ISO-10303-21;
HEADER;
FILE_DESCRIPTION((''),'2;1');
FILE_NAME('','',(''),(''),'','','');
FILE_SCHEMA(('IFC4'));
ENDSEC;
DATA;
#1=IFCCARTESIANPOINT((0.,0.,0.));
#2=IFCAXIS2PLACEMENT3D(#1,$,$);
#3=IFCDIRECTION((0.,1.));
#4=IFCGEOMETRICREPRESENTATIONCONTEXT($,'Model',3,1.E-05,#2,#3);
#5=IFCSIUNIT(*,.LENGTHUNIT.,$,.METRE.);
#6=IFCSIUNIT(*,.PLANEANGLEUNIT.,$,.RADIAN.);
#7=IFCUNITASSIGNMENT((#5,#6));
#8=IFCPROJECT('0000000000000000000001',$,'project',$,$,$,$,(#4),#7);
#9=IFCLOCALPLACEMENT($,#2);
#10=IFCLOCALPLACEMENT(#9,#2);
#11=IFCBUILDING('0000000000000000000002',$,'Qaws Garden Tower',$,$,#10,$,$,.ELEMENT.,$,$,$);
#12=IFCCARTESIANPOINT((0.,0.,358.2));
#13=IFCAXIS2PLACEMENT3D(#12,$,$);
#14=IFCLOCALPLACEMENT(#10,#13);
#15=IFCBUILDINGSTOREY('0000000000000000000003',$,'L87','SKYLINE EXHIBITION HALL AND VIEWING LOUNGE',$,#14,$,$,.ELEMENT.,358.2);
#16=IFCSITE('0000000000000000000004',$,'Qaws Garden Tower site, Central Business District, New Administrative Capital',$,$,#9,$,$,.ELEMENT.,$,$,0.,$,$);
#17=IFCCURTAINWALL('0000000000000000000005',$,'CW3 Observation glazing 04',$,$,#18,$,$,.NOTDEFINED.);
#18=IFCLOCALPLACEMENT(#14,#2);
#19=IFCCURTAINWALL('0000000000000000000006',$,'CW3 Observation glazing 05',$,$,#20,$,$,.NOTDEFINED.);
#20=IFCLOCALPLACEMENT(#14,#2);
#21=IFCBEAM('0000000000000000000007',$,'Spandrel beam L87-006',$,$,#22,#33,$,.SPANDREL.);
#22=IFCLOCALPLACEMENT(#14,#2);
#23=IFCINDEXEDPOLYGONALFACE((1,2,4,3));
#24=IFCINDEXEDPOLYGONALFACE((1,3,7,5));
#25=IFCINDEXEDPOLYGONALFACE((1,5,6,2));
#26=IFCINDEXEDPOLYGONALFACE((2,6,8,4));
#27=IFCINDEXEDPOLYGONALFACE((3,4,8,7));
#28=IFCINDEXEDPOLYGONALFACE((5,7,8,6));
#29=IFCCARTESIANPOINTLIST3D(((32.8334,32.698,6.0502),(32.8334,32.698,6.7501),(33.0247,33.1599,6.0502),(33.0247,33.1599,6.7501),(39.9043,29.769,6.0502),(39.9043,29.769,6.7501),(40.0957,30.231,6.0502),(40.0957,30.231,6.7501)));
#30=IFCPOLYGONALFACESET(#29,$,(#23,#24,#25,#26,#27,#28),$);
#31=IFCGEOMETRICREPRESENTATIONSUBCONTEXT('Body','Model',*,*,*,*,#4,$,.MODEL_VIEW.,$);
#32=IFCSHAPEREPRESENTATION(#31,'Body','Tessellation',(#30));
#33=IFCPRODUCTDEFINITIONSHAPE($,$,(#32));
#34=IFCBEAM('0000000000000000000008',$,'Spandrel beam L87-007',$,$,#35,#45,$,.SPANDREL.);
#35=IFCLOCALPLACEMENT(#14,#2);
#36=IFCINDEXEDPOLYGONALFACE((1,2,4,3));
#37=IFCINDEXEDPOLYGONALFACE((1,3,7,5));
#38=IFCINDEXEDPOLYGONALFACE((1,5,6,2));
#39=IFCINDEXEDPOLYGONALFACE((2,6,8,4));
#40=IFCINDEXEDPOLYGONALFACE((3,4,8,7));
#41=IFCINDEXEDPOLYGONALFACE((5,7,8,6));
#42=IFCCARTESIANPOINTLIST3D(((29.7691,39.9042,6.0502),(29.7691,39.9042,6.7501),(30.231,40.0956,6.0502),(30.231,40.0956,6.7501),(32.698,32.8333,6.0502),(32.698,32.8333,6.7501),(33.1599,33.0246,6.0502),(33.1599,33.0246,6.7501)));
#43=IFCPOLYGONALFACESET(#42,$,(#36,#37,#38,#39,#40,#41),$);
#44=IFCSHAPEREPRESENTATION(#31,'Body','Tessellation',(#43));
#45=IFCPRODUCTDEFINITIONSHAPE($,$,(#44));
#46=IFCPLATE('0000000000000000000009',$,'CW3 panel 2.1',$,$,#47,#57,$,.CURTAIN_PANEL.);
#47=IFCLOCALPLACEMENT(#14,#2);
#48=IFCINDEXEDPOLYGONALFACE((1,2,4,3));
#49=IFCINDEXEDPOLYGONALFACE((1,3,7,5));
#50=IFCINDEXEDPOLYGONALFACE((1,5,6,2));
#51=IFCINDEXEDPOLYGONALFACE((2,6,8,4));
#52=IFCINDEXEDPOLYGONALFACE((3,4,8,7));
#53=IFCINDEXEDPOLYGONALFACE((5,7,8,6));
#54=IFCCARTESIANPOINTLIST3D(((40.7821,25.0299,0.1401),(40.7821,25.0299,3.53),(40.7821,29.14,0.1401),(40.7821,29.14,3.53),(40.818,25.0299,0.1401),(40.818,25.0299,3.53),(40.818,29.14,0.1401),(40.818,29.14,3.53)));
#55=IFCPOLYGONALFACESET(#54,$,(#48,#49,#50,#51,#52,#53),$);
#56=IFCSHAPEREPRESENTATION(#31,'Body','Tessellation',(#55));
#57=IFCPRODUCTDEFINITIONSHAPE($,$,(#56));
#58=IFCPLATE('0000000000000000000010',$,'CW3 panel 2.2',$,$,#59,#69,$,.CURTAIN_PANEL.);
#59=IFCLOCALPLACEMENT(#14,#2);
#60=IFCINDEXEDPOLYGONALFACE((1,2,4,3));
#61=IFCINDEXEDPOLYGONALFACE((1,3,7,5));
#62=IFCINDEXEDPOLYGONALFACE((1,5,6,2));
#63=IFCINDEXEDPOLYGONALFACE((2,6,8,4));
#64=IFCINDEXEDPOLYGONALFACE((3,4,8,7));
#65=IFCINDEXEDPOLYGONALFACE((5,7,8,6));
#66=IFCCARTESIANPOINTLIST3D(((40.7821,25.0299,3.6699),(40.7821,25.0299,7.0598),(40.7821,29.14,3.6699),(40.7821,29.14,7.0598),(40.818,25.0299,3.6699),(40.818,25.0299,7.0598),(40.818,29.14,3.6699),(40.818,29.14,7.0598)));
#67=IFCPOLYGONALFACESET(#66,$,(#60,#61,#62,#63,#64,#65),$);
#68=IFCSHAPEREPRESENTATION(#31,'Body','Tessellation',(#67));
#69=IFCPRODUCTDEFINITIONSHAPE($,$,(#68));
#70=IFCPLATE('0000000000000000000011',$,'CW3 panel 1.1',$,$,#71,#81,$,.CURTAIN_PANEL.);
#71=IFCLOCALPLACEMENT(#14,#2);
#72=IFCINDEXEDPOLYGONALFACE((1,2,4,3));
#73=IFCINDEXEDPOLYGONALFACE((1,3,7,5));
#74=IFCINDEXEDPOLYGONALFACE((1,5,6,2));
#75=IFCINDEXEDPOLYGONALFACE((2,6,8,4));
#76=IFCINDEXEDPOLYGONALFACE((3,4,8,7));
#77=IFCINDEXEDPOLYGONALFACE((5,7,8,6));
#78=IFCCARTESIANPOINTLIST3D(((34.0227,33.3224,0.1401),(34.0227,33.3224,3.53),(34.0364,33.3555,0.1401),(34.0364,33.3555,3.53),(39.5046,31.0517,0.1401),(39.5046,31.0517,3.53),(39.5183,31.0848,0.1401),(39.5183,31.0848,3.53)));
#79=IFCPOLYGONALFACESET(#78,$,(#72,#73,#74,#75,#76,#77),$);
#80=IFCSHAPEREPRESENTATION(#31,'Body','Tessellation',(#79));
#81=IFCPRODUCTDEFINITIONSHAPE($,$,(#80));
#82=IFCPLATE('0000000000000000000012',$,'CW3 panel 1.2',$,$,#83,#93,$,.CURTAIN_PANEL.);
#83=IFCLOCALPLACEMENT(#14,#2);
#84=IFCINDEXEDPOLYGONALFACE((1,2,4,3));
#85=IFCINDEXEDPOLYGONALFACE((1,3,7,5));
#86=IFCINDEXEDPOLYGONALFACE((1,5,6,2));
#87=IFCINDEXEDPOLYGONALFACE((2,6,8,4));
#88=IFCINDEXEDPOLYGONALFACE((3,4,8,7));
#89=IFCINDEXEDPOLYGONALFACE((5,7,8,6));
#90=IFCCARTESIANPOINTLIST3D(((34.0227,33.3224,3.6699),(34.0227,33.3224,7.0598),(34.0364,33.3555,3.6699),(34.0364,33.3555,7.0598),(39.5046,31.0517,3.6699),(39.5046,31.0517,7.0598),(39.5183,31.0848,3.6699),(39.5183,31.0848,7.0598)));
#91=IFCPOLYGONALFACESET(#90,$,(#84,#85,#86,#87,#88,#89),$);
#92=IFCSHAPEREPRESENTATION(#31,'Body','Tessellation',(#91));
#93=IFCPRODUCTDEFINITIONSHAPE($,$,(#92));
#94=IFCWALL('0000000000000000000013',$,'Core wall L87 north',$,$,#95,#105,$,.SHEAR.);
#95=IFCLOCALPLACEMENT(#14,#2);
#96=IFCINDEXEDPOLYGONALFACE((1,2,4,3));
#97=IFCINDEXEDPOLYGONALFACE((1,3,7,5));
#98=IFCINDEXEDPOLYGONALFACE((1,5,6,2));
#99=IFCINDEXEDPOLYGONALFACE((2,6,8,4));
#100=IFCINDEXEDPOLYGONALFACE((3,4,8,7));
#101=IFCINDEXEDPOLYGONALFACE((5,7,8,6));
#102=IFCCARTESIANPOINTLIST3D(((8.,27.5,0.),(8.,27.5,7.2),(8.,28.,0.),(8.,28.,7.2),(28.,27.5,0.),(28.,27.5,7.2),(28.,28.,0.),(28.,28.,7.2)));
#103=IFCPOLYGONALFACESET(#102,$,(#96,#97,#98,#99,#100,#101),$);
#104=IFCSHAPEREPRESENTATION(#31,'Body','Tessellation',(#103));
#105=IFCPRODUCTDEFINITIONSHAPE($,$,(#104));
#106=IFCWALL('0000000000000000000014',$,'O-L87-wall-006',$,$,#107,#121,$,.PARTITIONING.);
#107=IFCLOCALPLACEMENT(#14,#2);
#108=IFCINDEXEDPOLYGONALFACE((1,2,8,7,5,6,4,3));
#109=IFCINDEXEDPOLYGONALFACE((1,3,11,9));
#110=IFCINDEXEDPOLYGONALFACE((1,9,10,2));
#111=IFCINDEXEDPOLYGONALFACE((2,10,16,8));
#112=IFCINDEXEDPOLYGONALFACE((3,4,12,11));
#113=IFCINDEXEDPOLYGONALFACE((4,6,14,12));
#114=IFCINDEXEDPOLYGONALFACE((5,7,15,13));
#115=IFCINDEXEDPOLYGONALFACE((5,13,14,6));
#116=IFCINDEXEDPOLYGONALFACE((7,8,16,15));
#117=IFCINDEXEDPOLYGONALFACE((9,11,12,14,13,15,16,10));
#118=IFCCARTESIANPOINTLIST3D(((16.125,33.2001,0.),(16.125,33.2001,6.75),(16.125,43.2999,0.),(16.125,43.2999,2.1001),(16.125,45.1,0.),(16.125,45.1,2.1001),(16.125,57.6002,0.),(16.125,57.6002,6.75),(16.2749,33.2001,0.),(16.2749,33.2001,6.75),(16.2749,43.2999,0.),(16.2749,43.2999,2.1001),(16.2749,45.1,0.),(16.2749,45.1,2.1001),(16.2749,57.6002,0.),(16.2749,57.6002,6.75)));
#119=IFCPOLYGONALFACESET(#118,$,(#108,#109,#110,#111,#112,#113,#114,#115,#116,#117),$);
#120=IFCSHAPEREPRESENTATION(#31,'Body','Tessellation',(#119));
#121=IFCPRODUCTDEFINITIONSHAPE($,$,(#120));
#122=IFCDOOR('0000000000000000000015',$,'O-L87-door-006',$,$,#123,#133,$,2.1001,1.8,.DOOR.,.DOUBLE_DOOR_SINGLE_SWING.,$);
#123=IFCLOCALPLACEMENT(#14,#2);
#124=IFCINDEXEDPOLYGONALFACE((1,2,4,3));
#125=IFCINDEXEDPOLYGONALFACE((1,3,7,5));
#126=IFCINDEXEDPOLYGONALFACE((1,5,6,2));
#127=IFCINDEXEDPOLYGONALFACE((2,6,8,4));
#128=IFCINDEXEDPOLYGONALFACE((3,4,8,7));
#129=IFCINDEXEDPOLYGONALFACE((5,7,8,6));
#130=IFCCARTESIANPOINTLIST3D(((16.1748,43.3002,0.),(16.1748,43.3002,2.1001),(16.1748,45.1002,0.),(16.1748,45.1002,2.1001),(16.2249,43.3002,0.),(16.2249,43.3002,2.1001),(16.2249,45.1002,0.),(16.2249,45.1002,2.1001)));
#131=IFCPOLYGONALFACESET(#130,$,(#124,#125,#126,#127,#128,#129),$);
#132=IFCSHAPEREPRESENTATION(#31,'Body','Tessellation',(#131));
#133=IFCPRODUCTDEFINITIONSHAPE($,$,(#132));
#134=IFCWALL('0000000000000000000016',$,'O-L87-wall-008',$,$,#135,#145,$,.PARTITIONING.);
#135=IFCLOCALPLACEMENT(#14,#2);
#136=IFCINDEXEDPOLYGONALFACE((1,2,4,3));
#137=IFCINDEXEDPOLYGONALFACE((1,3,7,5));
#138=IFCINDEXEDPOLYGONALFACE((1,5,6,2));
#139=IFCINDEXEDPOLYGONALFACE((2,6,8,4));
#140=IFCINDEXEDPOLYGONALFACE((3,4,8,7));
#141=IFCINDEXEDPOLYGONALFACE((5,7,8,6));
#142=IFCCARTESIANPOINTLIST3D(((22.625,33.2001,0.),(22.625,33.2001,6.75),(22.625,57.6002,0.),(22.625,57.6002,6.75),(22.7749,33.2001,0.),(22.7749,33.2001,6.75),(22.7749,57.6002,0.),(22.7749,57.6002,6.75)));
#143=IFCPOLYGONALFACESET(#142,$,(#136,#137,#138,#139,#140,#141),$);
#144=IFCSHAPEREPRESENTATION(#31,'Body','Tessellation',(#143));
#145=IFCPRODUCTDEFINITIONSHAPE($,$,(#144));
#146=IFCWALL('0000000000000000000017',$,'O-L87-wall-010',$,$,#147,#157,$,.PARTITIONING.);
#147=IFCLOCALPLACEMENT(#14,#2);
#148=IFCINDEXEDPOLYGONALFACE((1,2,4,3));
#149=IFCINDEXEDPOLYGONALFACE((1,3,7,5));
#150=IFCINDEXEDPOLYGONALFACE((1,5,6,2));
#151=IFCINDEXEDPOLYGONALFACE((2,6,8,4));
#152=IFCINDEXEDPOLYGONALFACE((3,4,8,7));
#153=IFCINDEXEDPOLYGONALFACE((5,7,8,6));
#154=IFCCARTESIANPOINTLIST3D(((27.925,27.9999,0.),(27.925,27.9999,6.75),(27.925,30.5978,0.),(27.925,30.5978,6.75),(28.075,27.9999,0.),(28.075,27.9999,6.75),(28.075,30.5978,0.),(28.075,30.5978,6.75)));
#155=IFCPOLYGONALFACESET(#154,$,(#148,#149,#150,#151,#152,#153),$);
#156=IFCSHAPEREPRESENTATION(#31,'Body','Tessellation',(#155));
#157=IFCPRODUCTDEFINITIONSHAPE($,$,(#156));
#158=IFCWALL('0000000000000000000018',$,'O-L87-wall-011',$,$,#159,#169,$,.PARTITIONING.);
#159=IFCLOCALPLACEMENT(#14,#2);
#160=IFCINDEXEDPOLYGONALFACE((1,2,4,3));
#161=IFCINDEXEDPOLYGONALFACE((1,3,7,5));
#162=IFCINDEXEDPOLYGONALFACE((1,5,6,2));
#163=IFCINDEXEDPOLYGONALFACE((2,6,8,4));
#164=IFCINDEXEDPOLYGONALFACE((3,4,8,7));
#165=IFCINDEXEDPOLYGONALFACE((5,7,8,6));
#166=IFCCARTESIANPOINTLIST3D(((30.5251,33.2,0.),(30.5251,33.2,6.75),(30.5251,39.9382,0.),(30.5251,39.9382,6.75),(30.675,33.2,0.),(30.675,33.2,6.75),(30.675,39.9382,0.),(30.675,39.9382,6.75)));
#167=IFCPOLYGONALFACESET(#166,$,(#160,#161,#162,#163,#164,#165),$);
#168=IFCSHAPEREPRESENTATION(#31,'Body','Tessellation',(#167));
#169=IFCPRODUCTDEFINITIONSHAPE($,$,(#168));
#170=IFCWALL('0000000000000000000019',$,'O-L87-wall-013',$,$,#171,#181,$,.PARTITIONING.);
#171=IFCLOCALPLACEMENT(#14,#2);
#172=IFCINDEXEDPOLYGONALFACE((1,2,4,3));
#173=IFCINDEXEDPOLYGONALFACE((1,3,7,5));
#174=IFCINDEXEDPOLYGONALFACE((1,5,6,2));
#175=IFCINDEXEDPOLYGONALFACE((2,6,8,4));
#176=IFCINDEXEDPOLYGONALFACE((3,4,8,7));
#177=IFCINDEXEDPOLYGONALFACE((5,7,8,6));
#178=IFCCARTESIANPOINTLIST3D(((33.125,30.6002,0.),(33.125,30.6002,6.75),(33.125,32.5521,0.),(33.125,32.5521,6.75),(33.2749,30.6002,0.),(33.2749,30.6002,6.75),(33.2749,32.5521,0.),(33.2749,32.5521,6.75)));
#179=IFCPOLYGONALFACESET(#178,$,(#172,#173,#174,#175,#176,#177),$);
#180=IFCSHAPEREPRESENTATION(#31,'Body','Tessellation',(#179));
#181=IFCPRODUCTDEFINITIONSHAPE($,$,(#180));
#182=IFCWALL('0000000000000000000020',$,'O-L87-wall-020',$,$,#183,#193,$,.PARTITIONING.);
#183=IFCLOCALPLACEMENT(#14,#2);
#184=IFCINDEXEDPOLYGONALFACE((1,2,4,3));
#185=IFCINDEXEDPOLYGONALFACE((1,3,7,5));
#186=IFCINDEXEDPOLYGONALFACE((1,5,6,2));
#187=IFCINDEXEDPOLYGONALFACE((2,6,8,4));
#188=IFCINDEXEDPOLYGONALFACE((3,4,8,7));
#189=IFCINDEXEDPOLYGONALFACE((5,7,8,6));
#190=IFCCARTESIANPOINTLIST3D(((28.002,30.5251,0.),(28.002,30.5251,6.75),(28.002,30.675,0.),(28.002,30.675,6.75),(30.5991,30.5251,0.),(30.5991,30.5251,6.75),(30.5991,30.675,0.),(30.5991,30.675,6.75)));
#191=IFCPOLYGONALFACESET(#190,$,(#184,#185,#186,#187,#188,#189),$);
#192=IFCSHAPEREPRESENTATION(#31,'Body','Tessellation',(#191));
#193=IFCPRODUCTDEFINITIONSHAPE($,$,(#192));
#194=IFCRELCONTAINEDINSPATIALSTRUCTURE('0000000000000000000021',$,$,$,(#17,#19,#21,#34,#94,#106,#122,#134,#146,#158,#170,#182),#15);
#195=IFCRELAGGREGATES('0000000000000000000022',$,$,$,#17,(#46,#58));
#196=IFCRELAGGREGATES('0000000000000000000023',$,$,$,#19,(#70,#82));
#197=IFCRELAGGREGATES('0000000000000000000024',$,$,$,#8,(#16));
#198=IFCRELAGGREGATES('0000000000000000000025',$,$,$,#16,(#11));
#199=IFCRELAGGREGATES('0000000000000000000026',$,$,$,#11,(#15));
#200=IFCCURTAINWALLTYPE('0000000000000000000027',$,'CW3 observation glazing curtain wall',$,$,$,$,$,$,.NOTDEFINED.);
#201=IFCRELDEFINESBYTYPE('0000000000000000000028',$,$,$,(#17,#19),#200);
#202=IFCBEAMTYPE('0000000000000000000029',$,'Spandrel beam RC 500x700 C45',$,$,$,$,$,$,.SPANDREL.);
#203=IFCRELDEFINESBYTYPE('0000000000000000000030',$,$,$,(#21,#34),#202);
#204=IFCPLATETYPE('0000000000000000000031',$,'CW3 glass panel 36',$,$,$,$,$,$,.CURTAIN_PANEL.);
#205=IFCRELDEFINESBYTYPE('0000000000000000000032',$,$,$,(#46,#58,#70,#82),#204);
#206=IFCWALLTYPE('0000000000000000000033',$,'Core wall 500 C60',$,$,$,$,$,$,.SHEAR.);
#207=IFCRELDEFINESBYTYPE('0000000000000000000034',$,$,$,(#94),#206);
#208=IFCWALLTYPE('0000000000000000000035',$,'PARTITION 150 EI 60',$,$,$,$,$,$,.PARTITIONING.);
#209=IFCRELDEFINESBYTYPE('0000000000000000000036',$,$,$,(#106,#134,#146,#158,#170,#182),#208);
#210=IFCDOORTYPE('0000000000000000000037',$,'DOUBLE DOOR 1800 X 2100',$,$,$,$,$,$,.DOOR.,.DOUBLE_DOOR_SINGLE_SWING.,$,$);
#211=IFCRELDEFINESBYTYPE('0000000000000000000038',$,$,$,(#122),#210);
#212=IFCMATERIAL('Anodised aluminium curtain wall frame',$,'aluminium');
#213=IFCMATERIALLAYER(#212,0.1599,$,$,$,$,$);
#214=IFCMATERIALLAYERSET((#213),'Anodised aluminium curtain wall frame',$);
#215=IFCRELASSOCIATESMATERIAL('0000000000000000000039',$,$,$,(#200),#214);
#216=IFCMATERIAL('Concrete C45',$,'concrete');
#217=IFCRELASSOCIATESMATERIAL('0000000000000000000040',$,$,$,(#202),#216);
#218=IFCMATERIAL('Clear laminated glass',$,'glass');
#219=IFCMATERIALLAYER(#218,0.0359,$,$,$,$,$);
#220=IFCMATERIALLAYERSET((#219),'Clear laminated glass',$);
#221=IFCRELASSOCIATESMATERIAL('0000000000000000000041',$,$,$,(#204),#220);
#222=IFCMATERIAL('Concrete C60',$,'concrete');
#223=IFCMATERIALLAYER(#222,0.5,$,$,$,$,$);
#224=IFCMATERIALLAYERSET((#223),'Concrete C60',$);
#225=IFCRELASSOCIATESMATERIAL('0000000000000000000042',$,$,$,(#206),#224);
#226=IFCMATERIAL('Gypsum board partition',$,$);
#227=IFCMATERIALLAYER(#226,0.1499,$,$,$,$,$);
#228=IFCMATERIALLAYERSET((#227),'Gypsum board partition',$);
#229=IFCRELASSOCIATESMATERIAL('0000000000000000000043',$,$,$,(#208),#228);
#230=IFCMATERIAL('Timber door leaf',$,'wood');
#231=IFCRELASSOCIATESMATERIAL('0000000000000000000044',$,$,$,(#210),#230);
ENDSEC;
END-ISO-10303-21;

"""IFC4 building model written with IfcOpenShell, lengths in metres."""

from ifc_helpers import new_model, si_unit, direction, frame, frame_2d, origin, origin_2d, place, context, subcontext, project, spatial, rectangle, extrude, material, layer, layer_set, material_profile, profile_set, type_object, element, fill, aggregate, save


model = new_model("IFC4")

# Units and contexts
model_context = context("Model", 3, precision=1e-05, world=origin(), true_north=direction((0.0, 1.0)))
body_context = subcontext(model_context, "Body", "Model", "MODEL_VIEW")
ifc_project = project(units=[si_unit("LENGTHUNIT", "METRE"), si_unit("PLANEANGLEUNIT", "RADIAN")], contexts=[model_context])

# Site, building, storey
site_placement = place(None, origin())
site = spatial("IfcSite", under=ifc_project, at=site_placement, Name="Qaws Garden Tower site, Central Business District, New Administrative Capital", CompositionType="ELEMENT", RefElevation=0.0)
building_placement = place(site_placement, origin())
building = spatial("IfcBuilding", under=site, at=building_placement, Name="Qaws Garden Tower", CompositionType="ELEMENT")
storey_placement = place(building_placement, frame((0.0, 0.0, 358.2)))
storey = spatial("IfcBuildingStorey", under=building, at=storey_placement, Name="L87", Description="SKYLINE EXHIBITION HALL AND VIEWING LOUNGE", CompositionType="ELEMENT", Elevation=358.2)

# Curtain wall
ifc_material_1 = material(Name="Anodised aluminium curtain wall frame", Category="aluminium")
ifc_layer_1 = layer(ifc_material_1, 0.1599)
ifc_layer_set_1 = layer_set([ifc_layer_1], Name="Anodised aluminium curtain wall frame")
curtain_wall_type = type_object("IfcCurtainWallType", Name="CW3 observation glazing curtain wall", PredefinedType="NOTDEFINED", material=ifc_layer_set_1)
placement = place(storey_placement, origin())
curtain_wall_1 = element("IfcCurtainWall", 1, at=placement, inside=storey, type_object=curtain_wall_type, Name="CW3 Observation glazing 04", PredefinedType="NOTDEFINED")

# Curtain wall
curtain_wall_2 = element("IfcCurtainWall", 2, at=placement, inside=storey, type_object=curtain_wall_type, Name="CW3 Observation glazing 05", PredefinedType="NOTDEFINED")

# Beams
ifc_material_2 = material(Name="Concrete C45", Category="concrete")
ifc_material_profile_1 = material_profile(ifc_material_2, rectangle(XDim=0.5, YDim=0.7, at=origin_2d()), Name="RC 500x700")
ifc_profile_set_1 = profile_set([ifc_material_profile_1], Name="Concrete C45")
beam_type = type_object("IfcBeamType", Name="Spandrel beam RC 500x700 C45", PredefinedType="SPANDREL", material=ifc_profile_set_1)
for number, where, z_axis, x_axis, name in (
    (3, (40.0, 30.0, 6.4001), (-0.923878, 0.382687, 0.0), (-0.382687, -0.923878, 0.0), "Spandrel beam L87-006"),
    (4, (32.929, 32.929, 6.4001), (-0.382687, 0.923878, 0.0), (-0.923878, -0.382687, 0.0), "Spandrel beam L87-007"),
):
    element("IfcBeam", number, at=place(storey_placement, frame(where, z_axis=z_axis, x_axis=x_axis)), inside=storey, type_object=beam_type, Name=name, PredefinedType="SPANDREL", context=body_context, shape_type="SweptSolid", body=[
        extrude(rectangle(XDim=0.5, YDim=0.7, at=origin_2d()), origin(), (0.0, 0.0, 1.0), 7.6536),
    ])

# Plates
ifc_material_3 = material(Name="Clear laminated glass", Category="glass")
ifc_layer_2 = layer(ifc_material_3, 0.0359)
ifc_layer_set_2 = layer_set([ifc_layer_2], Name="Clear laminated glass")
plate_type = type_object("IfcPlateType", Name="CW3 glass panel 36", PredefinedType="CURTAIN_PANEL", material=ifc_layer_set_2)
plate_1_placement = place(storey_placement, frame((40.8, 27.085, 0.1401), z_axis=(0.0, 0.0, 1.0), x_axis=(0.0, 1.0, 0.0)))
plate_1 = element("IfcPlate", 5, at=plate_1_placement, type_object=plate_type, Name="CW3 panel 2.1", PredefinedType="CURTAIN_PANEL", context=body_context, shape_type="SweptSolid", body=[
    extrude(rectangle(XDim=4.1101, YDim=0.0359, at=origin_2d()), origin(), (0.0, 0.0, 1.0), 3.3899),
])
plate_2_placement = place(storey_placement, frame((40.8, 27.085, 3.6699), z_axis=(0.0, 0.0, 1.0), x_axis=(0.0, 1.0, 0.0)))
plate_2 = element("IfcPlate", 6, at=plate_2_placement, type_object=plate_type, Name="CW3 panel 2.2", PredefinedType="CURTAIN_PANEL", context=body_context, shape_type="SweptSolid", body=[
    extrude(rectangle(XDim=4.1101, YDim=0.0359, at=origin_2d()), origin(), (0.0, 0.0, 1.0), 3.3899),
])
aggregate(curtain_wall_1, [plate_1, plate_2])
plate_3_placement = place(storey_placement, frame((36.7705, 32.2036, 0.1401), z_axis=(0.0, 0.0, 1.0), x_axis=(-0.92388, 0.382683, 0.0)))
plate_3 = element("IfcPlate", 7, at=plate_3_placement, type_object=plate_type, Name="CW3 panel 1.1", PredefinedType="CURTAIN_PANEL", context=body_context, shape_type="SweptSolid", body=[
    extrude(rectangle(XDim=5.9336, YDim=0.0359, at=origin_2d()), origin(), (0.0, 0.0, 1.0), 3.3899),
])
plate_4_placement = place(storey_placement, frame((36.7705, 32.2036, 3.6699), z_axis=(0.0, 0.0, 1.0), x_axis=(-0.92388, 0.382683, 0.0)))
plate_4 = element("IfcPlate", 8, at=plate_4_placement, type_object=plate_type, Name="CW3 panel 1.2", PredefinedType="CURTAIN_PANEL", context=body_context, shape_type="SweptSolid", body=[
    extrude(rectangle(XDim=5.9336, YDim=0.0359, at=origin_2d()), origin(), (0.0, 0.0, 1.0), 3.3899),
])
aggregate(curtain_wall_2, [plate_3, plate_4])

# Wall
ifc_material_4 = material(Name="Concrete C60", Category="concrete")
ifc_layer_3 = layer(ifc_material_4, 0.5)
ifc_layer_set_3 = layer_set([ifc_layer_3], Name="Concrete C60")
wall_type_1 = type_object("IfcWallType", Name="Core wall 500 C60", PredefinedType="SHEAR", material=ifc_layer_set_3)
wall_1_placement = place(storey_placement, frame((28.0, 27.75, 0.0), z_axis=(0.0, 0.0, 1.0), x_axis=(-1.0, 0.0, 0.0)))
element("IfcWall", 9, at=wall_1_placement, inside=storey, type_object=wall_type_1, Name="Core wall L87 north", PredefinedType="SHEAR", context=body_context, shape_type="SweptSolid", body=[
    extrude(rectangle(XDim=20.0, YDim=0.5, at=frame_2d((10.0, 0.0))), origin(), (0.0, 0.0, 1.0), 7.2),
])

# Wall, opening, door
ifc_material_5 = material(Name="Gypsum board partition")
ifc_layer_4 = layer(ifc_material_5, 0.1499)
ifc_layer_set_4 = layer_set([ifc_layer_4], Name="Gypsum board partition")
wall_type_2 = type_object("IfcWallType", Name="PARTITION 150 EI 60", PredefinedType="PARTITIONING", material=ifc_layer_set_4)
wall_2_placement = place(storey_placement, frame((16.2, 33.2, 0.0), z_axis=(0.0, 0.0, 1.0), x_axis=(0.0, 1.0, 0.0)))
wall_2 = element("IfcWall", 10, at=wall_2_placement, inside=storey, type_object=wall_type_2, Name="O-L87-wall-006", PredefinedType="PARTITIONING", context=body_context, shape_type="SweptSolid", body=[
    extrude(rectangle(XDim=24.4001, YDim=0.1499, at=frame_2d((12.2002, 0.0))), origin(), (0.0, 0.0, 1.0), 6.75),
])
opening_1_placement = place(wall_2_placement, frame((10.1001, 0.0, 0.0)))
opening_1 = element("IfcOpeningElement", 11, at=opening_1_placement, cuts=wall_2, PredefinedType="OPENING", context=body_context, shape_type="SweptSolid", body=[
    extrude(rectangle(XDim=1.8, YDim=2.1001, at=frame_2d((0.8999, 1.05))), frame((0.0, 0.085, 0.0), z_axis=(0.0, -1.0, 0.0), x_axis=(1.0, 0.0, 0.0)), (0.0, 0.0, 1.0), 0.1699),
])
ifc_material_6 = material(Name="Timber door leaf", Category="wood")
door_type_1 = type_object("IfcDoorType", Name="DOUBLE DOOR 1800 X 2100", OperationType="DOUBLE_DOOR_SINGLE_SWING", PredefinedType="DOOR", material=ifc_material_6)
door_1_placement = place(opening_1_placement, frame((1.8, 0.0, 0.0), z_axis=(0.0, 0.0, 1.0), x_axis=(-1.0, 0.0, 0.0)))
door_1 = element("IfcDoor", 12, at=door_1_placement, inside=storey, type_object=door_type_1, Name="O-L87-door-006", OperationType="DOUBLE_DOOR_SINGLE_SWING", OverallHeight=2.1001, OverallWidth=1.8, PredefinedType="DOOR", context=body_context, shape_type="SweptSolid", body=[
    extrude(rectangle(XDim=1.8, YDim=2.1001, at=frame_2d((0.8999, 1.05))), frame((0.0, 0.0249, 0.0), z_axis=(0.0, -1.0, 0.0), x_axis=(1.0, 0.0, 0.0)), (0.0, 0.0, 1.0), 0.05),
])
fill(opening_1, door_1)

# Walls
wall_3_placement = place(storey_placement, frame((22.7, 33.2, 0.0), z_axis=(0.0, 0.0, 1.0), x_axis=(0.0, 1.0, 0.0)))
element("IfcWall", 13, at=wall_3_placement, inside=storey, type_object=wall_type_2, Name="O-L87-wall-008", PredefinedType="PARTITIONING", context=body_context, shape_type="SweptSolid", body=[
    extrude(rectangle(XDim=24.4001, YDim=0.1499, at=frame_2d((12.2002, 0.0))), origin(), (0.0, 0.0, 1.0), 6.75),
])
wall_4_placement = place(storey_placement, frame((28.0, 28.0, 0.0), z_axis=(0.0, 0.0, 1.0), x_axis=(0.0, 1.0, 0.0)))
element("IfcWall", 14, at=wall_4_placement, inside=storey, type_object=wall_type_2, Name="O-L87-wall-010", PredefinedType="PARTITIONING", context=body_context, shape_type="SweptSolid", body=[
    extrude(rectangle(XDim=2.5979, YDim=0.1499, at=frame_2d((1.2988, 0.0))), origin(), (0.0, 0.0, 1.0), 6.75),
])
wall_5_placement = place(storey_placement, frame((30.6001, 33.2, 0.0), z_axis=(0.0, 0.0, 1.0), x_axis=(0.0, 1.0, 0.0)))
element("IfcWall", 15, at=wall_5_placement, inside=storey, type_object=wall_type_2, Name="O-L87-wall-011", PredefinedType="PARTITIONING", context=body_context, shape_type="SweptSolid", body=[
    extrude(rectangle(XDim=6.7383, YDim=0.1499, at=frame_2d((3.3691, 0.0))), origin(), (0.0, 0.0, 1.0), 6.75),
])
wall_6_placement = place(storey_placement, frame((33.2, 30.6001, 0.0), z_axis=(0.0, 0.0, 1.0), x_axis=(0.0, 1.0, 0.0)))
element("IfcWall", 16, at=wall_6_placement, inside=storey, type_object=wall_type_2, Name="O-L87-wall-013", PredefinedType="PARTITIONING", context=body_context, shape_type="SweptSolid", body=[
    extrude(rectangle(XDim=1.9519, YDim=0.1499, at=frame_2d((0.9761, 0.0))), origin(), (0.0, 0.0, 1.0), 6.75),
])
wall_7_placement = place(storey_placement, frame((28.002, 30.6001, 0.0), z_axis=(0.0, 0.0, 1.0), x_axis=(1.0, 0.0, 0.0)))
element("IfcWall", 17, at=wall_7_placement, inside=storey, type_object=wall_type_2, Name="O-L87-wall-020", PredefinedType="PARTITIONING", context=body_context, shape_type="SweptSolid", body=[
    extrude(rectangle(XDim=2.5972, YDim=0.1499, at=frame_2d((1.2986, 0.0))), origin(), (0.0, 0.0, 1.0), 6.75),
])

save(model, "model.ifc")
